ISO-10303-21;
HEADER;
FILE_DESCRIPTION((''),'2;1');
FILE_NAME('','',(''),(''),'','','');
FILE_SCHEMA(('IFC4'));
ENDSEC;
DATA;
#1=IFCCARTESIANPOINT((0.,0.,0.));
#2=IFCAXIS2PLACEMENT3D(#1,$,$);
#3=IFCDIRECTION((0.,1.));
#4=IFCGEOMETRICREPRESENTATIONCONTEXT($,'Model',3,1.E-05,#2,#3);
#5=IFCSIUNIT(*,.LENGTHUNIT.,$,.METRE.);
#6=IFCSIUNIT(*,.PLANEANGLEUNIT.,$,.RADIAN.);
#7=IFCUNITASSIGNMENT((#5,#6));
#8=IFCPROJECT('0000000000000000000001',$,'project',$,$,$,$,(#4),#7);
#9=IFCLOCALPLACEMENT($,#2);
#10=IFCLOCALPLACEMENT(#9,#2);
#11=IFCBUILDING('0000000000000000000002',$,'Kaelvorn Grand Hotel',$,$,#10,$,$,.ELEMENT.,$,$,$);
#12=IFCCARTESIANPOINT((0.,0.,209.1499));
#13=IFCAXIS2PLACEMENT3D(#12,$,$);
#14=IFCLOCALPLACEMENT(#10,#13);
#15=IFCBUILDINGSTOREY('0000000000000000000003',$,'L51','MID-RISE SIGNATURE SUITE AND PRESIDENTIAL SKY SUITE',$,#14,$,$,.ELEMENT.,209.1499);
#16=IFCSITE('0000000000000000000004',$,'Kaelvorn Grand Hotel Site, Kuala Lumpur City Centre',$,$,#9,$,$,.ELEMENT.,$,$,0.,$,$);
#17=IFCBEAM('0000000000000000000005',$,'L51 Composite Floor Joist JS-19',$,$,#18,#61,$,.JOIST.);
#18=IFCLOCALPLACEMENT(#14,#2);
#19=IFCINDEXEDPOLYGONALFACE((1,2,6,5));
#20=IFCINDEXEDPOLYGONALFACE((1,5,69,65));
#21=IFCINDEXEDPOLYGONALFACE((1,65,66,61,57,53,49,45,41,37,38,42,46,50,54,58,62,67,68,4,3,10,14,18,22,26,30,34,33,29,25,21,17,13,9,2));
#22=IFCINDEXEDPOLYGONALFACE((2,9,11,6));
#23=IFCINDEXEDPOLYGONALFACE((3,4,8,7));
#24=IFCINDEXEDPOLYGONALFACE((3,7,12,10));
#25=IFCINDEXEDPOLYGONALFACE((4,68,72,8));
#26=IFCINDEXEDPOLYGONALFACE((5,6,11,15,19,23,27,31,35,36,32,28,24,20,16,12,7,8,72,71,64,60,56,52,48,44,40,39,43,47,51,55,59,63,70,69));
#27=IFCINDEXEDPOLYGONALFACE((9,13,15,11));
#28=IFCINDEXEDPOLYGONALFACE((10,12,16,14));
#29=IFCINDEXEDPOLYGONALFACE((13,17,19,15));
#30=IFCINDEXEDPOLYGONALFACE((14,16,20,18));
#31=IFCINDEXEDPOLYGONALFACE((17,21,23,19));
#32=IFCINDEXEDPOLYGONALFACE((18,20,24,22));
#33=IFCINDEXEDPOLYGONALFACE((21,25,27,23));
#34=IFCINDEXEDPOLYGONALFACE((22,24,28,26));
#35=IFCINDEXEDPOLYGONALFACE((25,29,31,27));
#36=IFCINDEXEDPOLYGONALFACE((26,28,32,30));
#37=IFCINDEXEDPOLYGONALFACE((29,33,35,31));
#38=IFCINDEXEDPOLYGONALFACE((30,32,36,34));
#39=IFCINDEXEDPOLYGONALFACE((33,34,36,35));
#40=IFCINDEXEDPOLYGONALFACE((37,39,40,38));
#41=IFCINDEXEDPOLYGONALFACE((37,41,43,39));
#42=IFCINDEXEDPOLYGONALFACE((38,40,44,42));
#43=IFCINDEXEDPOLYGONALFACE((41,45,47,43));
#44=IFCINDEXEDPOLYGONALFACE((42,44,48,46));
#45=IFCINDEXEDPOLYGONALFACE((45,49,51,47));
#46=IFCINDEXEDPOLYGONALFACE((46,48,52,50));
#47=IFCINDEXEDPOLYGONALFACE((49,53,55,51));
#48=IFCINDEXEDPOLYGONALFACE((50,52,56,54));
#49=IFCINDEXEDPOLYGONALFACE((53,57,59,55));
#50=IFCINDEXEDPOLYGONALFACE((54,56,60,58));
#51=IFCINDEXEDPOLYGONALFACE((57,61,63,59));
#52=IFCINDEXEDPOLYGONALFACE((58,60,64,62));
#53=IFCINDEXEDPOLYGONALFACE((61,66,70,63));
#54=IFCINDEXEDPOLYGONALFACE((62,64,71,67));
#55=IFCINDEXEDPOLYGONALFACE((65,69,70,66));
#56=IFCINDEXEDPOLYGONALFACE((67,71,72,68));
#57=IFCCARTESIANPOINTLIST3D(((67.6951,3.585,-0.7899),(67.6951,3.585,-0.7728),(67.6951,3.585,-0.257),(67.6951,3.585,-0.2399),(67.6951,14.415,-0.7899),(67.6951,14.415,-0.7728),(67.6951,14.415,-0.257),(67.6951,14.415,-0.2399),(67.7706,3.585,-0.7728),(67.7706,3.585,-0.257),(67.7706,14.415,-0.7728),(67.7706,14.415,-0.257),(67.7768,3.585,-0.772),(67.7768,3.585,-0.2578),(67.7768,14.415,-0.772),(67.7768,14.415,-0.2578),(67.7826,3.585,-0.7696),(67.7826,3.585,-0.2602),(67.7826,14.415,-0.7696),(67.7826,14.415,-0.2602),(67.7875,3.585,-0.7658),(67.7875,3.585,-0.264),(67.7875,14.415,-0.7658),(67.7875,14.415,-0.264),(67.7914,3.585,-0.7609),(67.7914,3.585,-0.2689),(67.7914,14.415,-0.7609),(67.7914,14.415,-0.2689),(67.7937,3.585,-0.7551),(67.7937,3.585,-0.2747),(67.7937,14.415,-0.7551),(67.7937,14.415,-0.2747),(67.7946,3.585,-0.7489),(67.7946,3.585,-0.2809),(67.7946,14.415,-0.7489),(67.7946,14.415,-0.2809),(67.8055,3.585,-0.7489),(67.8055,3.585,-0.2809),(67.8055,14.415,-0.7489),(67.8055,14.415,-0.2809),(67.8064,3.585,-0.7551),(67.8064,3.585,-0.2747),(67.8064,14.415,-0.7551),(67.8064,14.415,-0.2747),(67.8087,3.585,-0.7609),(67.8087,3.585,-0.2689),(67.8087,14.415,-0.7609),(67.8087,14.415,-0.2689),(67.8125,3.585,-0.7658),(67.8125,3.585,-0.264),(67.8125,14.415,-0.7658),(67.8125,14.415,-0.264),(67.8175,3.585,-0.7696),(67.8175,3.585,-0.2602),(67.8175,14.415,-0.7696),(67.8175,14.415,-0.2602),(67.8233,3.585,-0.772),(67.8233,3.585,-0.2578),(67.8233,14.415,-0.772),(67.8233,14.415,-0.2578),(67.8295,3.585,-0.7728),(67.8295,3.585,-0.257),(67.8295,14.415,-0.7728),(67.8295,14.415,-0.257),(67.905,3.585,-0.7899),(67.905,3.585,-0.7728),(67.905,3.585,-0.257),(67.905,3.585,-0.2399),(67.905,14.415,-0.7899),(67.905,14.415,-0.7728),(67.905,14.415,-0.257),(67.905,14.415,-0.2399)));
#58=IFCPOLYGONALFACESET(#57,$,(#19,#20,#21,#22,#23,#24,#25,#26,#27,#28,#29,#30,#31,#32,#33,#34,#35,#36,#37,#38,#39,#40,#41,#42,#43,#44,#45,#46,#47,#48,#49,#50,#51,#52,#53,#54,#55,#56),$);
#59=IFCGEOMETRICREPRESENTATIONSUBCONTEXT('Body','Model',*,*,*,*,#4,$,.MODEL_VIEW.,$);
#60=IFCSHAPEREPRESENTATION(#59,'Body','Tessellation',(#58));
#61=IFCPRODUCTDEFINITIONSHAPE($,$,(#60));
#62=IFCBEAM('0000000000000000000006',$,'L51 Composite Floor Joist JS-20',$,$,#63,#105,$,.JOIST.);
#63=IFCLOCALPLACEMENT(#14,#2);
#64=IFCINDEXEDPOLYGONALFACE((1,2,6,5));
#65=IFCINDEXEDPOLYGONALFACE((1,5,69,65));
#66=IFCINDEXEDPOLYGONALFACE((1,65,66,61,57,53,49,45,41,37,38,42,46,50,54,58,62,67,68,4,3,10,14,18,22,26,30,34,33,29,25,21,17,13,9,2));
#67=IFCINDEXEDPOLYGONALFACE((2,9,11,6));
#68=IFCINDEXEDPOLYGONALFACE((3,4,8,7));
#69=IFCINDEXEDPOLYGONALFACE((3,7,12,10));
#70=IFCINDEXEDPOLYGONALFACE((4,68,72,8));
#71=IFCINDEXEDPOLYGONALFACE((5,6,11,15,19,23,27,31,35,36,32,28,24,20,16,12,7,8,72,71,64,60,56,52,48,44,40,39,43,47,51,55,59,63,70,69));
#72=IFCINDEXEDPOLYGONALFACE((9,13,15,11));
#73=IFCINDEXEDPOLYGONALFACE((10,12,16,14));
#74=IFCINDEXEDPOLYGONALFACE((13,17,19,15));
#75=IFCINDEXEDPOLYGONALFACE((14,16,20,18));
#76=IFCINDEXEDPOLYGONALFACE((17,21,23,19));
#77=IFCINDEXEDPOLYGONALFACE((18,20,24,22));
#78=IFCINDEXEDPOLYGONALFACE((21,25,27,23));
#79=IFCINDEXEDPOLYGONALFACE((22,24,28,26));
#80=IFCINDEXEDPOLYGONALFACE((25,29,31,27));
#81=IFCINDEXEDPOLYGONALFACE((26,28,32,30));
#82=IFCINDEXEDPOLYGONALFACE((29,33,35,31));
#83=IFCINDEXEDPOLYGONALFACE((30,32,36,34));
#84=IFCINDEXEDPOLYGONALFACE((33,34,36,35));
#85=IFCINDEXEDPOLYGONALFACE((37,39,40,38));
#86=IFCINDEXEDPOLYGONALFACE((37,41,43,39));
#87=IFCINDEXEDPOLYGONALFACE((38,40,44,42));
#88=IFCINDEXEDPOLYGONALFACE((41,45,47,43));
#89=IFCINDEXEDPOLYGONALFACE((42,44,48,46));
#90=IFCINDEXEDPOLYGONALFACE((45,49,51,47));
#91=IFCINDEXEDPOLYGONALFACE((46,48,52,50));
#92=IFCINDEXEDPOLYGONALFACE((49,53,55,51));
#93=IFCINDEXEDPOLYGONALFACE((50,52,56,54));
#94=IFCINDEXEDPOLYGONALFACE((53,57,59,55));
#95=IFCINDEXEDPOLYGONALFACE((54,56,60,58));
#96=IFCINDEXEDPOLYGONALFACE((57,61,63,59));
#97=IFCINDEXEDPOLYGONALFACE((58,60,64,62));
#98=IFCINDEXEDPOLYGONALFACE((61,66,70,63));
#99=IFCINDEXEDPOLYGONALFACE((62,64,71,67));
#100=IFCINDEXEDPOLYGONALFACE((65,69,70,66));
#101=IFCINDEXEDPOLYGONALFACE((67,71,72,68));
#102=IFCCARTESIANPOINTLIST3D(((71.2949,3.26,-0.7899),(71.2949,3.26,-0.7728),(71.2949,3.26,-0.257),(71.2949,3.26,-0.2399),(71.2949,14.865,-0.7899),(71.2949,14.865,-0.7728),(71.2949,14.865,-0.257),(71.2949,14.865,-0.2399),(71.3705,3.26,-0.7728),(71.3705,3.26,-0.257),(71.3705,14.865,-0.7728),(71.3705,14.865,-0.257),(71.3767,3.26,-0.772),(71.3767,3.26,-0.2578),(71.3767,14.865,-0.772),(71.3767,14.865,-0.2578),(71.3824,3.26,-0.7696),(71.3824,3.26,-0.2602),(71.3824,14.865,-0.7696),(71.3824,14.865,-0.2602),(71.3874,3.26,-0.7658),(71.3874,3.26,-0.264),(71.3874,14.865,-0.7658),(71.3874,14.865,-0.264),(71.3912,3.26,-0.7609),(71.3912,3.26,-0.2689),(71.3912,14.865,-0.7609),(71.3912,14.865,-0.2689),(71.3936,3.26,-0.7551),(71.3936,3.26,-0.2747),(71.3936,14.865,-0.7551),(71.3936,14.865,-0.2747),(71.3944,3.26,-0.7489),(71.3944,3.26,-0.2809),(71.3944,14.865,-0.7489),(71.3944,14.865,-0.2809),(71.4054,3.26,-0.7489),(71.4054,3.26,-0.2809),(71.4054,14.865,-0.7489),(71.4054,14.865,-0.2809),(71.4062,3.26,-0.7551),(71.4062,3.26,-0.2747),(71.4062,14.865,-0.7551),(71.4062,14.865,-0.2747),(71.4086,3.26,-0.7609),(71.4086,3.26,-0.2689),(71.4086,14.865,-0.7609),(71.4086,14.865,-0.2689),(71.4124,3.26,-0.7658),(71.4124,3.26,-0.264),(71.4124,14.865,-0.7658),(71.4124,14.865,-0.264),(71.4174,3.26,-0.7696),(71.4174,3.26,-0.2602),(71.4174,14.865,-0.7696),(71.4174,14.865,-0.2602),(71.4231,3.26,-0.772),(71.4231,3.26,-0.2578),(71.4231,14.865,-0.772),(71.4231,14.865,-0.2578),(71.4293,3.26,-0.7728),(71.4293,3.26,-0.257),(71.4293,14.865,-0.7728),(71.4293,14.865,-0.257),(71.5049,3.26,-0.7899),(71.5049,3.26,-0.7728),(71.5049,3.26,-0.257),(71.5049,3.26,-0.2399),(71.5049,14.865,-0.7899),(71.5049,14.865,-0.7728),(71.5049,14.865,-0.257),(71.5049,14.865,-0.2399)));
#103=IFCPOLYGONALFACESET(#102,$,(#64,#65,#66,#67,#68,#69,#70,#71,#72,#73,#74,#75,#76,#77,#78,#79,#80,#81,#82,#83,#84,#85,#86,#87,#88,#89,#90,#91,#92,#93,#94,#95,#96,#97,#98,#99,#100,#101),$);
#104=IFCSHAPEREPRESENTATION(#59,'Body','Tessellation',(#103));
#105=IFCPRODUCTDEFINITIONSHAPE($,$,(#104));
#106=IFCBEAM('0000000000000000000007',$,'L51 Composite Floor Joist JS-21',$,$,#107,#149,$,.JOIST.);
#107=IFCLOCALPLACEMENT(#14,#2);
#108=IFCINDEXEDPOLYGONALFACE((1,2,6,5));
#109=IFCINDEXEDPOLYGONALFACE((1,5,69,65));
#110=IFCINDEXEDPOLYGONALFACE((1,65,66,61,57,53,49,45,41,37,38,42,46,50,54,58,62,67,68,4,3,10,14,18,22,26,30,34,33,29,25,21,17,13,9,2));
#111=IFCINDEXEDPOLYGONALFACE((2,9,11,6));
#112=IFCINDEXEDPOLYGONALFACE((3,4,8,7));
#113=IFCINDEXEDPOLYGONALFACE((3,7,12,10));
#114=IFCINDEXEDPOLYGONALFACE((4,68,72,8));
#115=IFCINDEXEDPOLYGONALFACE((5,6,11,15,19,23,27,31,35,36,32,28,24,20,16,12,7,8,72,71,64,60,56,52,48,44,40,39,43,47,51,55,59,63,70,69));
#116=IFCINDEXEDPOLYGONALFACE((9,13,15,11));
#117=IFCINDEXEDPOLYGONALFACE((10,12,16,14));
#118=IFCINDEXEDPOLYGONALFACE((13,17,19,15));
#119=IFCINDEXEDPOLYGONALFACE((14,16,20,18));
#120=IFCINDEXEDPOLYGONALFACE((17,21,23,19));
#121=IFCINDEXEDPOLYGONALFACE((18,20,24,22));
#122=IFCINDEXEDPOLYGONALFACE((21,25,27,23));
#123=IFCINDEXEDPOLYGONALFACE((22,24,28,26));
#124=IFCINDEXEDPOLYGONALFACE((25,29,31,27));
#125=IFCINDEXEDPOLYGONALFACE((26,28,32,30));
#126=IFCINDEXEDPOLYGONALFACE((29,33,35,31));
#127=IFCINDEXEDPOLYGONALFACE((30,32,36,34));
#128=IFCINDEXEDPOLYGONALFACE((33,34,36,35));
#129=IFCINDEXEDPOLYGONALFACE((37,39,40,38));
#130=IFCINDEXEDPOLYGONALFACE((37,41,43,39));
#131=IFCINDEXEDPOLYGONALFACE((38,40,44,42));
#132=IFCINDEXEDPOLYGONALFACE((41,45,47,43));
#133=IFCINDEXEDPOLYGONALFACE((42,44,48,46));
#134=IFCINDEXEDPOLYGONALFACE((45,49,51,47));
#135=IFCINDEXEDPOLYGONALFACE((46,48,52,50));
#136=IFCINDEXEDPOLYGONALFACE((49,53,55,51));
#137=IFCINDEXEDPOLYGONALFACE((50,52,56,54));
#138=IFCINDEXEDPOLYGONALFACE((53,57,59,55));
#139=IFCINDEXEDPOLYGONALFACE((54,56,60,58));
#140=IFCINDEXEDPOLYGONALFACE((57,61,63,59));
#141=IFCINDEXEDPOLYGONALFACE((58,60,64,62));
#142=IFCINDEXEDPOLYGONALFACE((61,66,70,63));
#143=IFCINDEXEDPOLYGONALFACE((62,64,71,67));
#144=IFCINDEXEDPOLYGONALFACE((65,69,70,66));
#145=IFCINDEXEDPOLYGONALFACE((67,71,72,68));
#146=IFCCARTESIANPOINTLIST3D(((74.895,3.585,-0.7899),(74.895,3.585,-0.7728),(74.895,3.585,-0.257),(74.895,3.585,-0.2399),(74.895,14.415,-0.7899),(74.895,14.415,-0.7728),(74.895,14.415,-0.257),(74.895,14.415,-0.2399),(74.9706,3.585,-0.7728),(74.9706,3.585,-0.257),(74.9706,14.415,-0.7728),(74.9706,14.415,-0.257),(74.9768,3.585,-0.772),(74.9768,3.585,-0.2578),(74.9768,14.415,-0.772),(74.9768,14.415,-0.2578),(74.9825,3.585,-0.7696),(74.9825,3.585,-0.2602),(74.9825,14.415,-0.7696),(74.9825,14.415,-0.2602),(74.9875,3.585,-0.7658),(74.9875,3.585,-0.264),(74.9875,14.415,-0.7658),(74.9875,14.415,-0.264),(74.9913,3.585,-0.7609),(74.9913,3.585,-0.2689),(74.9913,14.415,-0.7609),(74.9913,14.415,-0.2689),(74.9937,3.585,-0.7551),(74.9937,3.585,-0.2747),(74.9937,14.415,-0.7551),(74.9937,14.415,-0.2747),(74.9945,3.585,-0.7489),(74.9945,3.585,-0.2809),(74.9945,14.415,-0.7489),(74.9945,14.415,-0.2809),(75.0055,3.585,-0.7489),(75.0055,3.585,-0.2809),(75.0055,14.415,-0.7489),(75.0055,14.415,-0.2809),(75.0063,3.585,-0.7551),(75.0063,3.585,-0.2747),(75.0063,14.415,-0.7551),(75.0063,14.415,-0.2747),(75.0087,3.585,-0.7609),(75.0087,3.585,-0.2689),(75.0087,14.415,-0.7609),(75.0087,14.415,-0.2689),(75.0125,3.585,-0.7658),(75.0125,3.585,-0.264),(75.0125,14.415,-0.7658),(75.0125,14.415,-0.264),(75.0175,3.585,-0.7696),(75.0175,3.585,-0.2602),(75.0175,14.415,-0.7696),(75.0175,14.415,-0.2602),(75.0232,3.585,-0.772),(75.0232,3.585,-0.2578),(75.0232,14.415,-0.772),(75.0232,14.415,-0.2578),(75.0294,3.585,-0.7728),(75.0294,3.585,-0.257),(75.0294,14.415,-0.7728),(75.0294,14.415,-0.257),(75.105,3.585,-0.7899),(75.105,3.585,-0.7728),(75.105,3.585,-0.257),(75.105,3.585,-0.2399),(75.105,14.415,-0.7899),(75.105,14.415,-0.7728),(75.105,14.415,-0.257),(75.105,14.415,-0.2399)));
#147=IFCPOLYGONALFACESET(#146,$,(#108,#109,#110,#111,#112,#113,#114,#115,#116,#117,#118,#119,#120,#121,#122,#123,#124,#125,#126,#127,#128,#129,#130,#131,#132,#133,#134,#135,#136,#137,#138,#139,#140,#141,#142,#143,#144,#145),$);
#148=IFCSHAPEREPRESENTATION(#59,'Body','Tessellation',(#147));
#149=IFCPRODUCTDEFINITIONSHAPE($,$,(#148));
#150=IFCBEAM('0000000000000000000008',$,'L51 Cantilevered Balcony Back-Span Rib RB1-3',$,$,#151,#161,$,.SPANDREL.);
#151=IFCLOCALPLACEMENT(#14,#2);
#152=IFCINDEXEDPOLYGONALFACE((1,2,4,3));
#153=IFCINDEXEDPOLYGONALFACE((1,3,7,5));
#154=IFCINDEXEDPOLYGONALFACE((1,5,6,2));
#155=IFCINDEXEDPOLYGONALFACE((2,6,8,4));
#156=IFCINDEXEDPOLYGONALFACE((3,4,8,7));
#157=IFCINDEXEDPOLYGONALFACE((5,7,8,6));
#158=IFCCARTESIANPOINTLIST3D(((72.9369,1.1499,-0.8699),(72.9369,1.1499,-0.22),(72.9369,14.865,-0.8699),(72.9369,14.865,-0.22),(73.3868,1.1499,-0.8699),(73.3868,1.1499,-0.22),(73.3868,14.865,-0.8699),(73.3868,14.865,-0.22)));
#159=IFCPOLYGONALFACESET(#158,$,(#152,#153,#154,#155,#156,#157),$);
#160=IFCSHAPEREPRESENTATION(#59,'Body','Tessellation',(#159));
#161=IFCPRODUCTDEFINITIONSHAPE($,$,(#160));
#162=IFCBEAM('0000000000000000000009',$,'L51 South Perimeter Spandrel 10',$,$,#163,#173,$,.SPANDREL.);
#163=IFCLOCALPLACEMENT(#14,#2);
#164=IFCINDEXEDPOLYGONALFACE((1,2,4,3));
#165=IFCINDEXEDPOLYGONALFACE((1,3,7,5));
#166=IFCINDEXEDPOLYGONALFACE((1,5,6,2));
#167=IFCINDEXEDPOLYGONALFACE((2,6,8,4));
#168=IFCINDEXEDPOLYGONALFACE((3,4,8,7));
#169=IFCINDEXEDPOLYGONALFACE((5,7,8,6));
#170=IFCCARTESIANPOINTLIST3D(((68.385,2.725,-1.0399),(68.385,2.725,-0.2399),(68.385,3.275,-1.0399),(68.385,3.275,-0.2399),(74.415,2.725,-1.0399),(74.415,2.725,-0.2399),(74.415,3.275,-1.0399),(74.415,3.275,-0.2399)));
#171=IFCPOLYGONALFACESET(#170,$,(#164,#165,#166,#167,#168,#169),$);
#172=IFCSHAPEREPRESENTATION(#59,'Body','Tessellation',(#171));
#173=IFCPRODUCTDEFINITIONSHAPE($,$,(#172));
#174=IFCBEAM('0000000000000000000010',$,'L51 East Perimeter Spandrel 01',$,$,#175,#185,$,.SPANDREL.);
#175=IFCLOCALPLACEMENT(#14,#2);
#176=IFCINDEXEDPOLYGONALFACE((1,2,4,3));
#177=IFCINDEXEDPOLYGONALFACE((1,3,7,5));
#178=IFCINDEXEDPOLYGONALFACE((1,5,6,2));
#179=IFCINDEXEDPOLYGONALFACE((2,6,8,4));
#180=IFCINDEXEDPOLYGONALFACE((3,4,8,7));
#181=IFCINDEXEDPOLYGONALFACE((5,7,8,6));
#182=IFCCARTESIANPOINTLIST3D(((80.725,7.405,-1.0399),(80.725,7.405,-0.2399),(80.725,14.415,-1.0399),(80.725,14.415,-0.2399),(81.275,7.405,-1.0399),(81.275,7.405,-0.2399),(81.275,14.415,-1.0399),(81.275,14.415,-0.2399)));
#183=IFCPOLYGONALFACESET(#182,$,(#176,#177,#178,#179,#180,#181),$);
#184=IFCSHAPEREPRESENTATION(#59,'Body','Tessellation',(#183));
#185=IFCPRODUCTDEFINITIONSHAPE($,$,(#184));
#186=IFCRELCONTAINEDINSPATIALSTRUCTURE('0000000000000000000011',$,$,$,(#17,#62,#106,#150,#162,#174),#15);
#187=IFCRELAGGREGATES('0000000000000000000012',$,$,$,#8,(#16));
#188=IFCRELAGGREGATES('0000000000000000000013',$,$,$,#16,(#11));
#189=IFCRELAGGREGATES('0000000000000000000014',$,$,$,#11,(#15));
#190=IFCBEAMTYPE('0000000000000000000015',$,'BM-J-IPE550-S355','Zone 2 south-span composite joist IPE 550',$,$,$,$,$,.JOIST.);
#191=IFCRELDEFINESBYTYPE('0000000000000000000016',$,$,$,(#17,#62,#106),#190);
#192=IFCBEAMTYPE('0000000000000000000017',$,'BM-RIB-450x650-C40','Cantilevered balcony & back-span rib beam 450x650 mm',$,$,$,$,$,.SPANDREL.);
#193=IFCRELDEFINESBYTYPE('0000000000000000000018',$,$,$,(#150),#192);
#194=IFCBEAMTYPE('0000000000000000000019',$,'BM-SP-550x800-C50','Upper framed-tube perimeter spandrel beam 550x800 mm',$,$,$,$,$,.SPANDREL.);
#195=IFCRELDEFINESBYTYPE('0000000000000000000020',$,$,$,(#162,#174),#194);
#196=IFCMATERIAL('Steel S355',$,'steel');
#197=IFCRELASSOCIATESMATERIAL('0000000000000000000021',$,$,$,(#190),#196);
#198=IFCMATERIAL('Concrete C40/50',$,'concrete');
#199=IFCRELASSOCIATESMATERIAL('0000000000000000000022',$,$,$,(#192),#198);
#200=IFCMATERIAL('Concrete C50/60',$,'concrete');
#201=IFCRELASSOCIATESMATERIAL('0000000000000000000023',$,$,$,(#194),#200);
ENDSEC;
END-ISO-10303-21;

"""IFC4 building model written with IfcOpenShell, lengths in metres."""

from ifc_helpers import new_model, si_unit, direction, frame, origin, origin_2d, place, context, subcontext, project, spatial, rectangle, i_section, extrude, material, material_profile, profile_set, type_object, element, save


model = new_model("IFC4")

# Units and contexts
model_context = context("Model", 3, precision=1e-05, world=origin(), true_north=direction((0.0, 1.0)))
body_context = subcontext(model_context, "Body", "Model", "MODEL_VIEW")
ifc_project = project(units=[si_unit("LENGTHUNIT", "METRE"), si_unit("PLANEANGLEUNIT", "RADIAN")], contexts=[model_context])

# Site, building, storey
site_placement = place(None, origin())
site = spatial("IfcSite", under=ifc_project, at=site_placement, Name="Kaelvorn Grand Hotel Site, Kuala Lumpur City Centre", CompositionType="ELEMENT", RefElevation=0.0)
building_placement = place(site_placement, origin())
building = spatial("IfcBuilding", under=site, at=building_placement, Name="Kaelvorn Grand Hotel", CompositionType="ELEMENT")
storey_placement = place(building_placement, frame((0.0, 0.0, 209.1499)))
storey = spatial("IfcBuildingStorey", under=building, at=storey_placement, Name="L51", Description="MID-RISE SIGNATURE SUITE AND PRESIDENTIAL SKY SUITE", CompositionType="ELEMENT", Elevation=209.1499)

# Beams
ifc_material_1 = material(Name="Steel S355", Category="steel")
ifc_material_profile_1 = material_profile(ifc_material_1, i_section(OverallWidth=0.21, OverallDepth=0.55, WebThickness=0.011, FlangeThickness=0.0171, FilletRadius=0.0239, at=origin_2d()), Name="IPE 550")
ifc_profile_set_1 = profile_set([ifc_material_profile_1], Name="Steel S355")
beam_type_1 = type_object("IfcBeamType", Name="BM-J-IPE550-S355", Description="Zone 2 south-span composite joist IPE 550", PredefinedType="JOIST", material=ifc_profile_set_1)
beam_1_placement = place(storey_placement, frame((67.8, 3.585, -0.5149), z_axis=(0.0, 1.0, 0.0), x_axis=(-1.0, 0.0, 0.0)))
element("IfcBeam", 1, at=beam_1_placement, inside=storey, type_object=beam_type_1, Name="L51 Composite Floor Joist JS-19", PredefinedType="JOIST", context=body_context, shape_type="SweptSolid", body=[
    extrude(i_section(OverallWidth=0.21, OverallDepth=0.55, WebThickness=0.011, FlangeThickness=0.0171, FilletRadius=0.0239, at=origin_2d()), origin(), (0.0, 0.0, 1.0), 10.8301),
])
beam_2_placement = place(storey_placement, frame((71.3999, 3.26, -0.5149), z_axis=(0.0, 1.0, 0.0), x_axis=(-1.0, 0.0, 0.0)))
element("IfcBeam", 2, at=beam_2_placement, inside=storey, type_object=beam_type_1, Name="L51 Composite Floor Joist JS-20", PredefinedType="JOIST", context=body_context, shape_type="SweptSolid", body=[
    extrude(i_section(OverallWidth=0.21, OverallDepth=0.55, WebThickness=0.011, FlangeThickness=0.0171, FilletRadius=0.0239, at=origin_2d()), origin(), (0.0, 0.0, 1.0), 11.605),
])
beam_3_placement = place(storey_placement, frame((75.0, 3.585, -0.5149), z_axis=(0.0, 1.0, 0.0), x_axis=(-1.0, 0.0, 0.0)))
element("IfcBeam", 3, at=beam_3_placement, inside=storey, type_object=beam_type_1, Name="L51 Composite Floor Joist JS-21", PredefinedType="JOIST", context=body_context, shape_type="SweptSolid", body=[
    extrude(i_section(OverallWidth=0.21, OverallDepth=0.55, WebThickness=0.011, FlangeThickness=0.0171, FilletRadius=0.0239, at=origin_2d()), origin(), (0.0, 0.0, 1.0), 10.8301),
])
ifc_material_2 = material(Name="Concrete C40/50", Category="concrete")
ifc_material_profile_2 = material_profile(ifc_material_2, rectangle(XDim=0.45, YDim=0.6499, at=origin_2d()), Name="RC RIB 450x650")
ifc_profile_set_2 = profile_set([ifc_material_profile_2], Name="Concrete C40/50")
beam_type_2 = type_object("IfcBeamType", Name="BM-RIB-450x650-C40", Description="Cantilevered balcony & back-span rib beam 450x650 mm", PredefinedType="SPANDREL", material=ifc_profile_set_2)
beam_4_placement = place(storey_placement, frame((73.1619, 1.1499, -0.5449), z_axis=(0.0, 1.0, 0.0), x_axis=(-1.0, 0.0, 0.0)))
element("IfcBeam", 4, at=beam_4_placement, inside=storey, type_object=beam_type_2, Name="L51 Cantilevered Balcony Back-Span Rib RB1-3", PredefinedType="SPANDREL", context=body_context, shape_type="SweptSolid", body=[
    extrude(rectangle(XDim=0.45, YDim=0.6499, at=origin_2d()), origin(), (0.0, 0.0, 1.0), 13.7151),
])
ifc_material_3 = material(Name="Concrete C50/60", Category="concrete")
ifc_material_profile_3 = material_profile(ifc_material_3, rectangle(XDim=0.55, YDim=0.8, at=origin_2d()), Name="RC SPANDREL 550x800")
ifc_profile_set_3 = profile_set([ifc_material_profile_3], Name="Concrete C50/60")
beam_type_3 = type_object("IfcBeamType", Name="BM-SP-550x800-C50", Description="Upper framed-tube perimeter spandrel beam 550x800 mm", PredefinedType="SPANDREL", material=ifc_profile_set_3)
beam_5_placement = place(storey_placement, frame((68.385, 3.0, -0.6399), z_axis=(1.0, 0.0, 0.0), x_axis=(0.0, 1.0, 0.0)))
element("IfcBeam", 5, at=beam_5_placement, inside=storey, type_object=beam_type_3, Name="L51 South Perimeter Spandrel 10", PredefinedType="SPANDREL", context=body_context, shape_type="SweptSolid", body=[
    extrude(rectangle(XDim=0.55, YDim=0.8, at=origin_2d()), origin(), (0.0, 0.0, 1.0), 6.03),
])
beam_6_placement = place(storey_placement, frame((81.0, 7.405, -0.6399), z_axis=(0.0, 1.0, 0.0), x_axis=(-1.0, 0.0, 0.0)))
element("IfcBeam", 6, at=beam_6_placement, inside=storey, type_object=beam_type_3, Name="L51 East Perimeter Spandrel 01", PredefinedType="SPANDREL", context=body_context, shape_type="SweptSolid", body=[
    extrude(rectangle(XDim=0.55, YDim=0.8, at=origin_2d()), origin(), (0.0, 0.0, 1.0), 7.01),
])

save(model, "model.ifc")
